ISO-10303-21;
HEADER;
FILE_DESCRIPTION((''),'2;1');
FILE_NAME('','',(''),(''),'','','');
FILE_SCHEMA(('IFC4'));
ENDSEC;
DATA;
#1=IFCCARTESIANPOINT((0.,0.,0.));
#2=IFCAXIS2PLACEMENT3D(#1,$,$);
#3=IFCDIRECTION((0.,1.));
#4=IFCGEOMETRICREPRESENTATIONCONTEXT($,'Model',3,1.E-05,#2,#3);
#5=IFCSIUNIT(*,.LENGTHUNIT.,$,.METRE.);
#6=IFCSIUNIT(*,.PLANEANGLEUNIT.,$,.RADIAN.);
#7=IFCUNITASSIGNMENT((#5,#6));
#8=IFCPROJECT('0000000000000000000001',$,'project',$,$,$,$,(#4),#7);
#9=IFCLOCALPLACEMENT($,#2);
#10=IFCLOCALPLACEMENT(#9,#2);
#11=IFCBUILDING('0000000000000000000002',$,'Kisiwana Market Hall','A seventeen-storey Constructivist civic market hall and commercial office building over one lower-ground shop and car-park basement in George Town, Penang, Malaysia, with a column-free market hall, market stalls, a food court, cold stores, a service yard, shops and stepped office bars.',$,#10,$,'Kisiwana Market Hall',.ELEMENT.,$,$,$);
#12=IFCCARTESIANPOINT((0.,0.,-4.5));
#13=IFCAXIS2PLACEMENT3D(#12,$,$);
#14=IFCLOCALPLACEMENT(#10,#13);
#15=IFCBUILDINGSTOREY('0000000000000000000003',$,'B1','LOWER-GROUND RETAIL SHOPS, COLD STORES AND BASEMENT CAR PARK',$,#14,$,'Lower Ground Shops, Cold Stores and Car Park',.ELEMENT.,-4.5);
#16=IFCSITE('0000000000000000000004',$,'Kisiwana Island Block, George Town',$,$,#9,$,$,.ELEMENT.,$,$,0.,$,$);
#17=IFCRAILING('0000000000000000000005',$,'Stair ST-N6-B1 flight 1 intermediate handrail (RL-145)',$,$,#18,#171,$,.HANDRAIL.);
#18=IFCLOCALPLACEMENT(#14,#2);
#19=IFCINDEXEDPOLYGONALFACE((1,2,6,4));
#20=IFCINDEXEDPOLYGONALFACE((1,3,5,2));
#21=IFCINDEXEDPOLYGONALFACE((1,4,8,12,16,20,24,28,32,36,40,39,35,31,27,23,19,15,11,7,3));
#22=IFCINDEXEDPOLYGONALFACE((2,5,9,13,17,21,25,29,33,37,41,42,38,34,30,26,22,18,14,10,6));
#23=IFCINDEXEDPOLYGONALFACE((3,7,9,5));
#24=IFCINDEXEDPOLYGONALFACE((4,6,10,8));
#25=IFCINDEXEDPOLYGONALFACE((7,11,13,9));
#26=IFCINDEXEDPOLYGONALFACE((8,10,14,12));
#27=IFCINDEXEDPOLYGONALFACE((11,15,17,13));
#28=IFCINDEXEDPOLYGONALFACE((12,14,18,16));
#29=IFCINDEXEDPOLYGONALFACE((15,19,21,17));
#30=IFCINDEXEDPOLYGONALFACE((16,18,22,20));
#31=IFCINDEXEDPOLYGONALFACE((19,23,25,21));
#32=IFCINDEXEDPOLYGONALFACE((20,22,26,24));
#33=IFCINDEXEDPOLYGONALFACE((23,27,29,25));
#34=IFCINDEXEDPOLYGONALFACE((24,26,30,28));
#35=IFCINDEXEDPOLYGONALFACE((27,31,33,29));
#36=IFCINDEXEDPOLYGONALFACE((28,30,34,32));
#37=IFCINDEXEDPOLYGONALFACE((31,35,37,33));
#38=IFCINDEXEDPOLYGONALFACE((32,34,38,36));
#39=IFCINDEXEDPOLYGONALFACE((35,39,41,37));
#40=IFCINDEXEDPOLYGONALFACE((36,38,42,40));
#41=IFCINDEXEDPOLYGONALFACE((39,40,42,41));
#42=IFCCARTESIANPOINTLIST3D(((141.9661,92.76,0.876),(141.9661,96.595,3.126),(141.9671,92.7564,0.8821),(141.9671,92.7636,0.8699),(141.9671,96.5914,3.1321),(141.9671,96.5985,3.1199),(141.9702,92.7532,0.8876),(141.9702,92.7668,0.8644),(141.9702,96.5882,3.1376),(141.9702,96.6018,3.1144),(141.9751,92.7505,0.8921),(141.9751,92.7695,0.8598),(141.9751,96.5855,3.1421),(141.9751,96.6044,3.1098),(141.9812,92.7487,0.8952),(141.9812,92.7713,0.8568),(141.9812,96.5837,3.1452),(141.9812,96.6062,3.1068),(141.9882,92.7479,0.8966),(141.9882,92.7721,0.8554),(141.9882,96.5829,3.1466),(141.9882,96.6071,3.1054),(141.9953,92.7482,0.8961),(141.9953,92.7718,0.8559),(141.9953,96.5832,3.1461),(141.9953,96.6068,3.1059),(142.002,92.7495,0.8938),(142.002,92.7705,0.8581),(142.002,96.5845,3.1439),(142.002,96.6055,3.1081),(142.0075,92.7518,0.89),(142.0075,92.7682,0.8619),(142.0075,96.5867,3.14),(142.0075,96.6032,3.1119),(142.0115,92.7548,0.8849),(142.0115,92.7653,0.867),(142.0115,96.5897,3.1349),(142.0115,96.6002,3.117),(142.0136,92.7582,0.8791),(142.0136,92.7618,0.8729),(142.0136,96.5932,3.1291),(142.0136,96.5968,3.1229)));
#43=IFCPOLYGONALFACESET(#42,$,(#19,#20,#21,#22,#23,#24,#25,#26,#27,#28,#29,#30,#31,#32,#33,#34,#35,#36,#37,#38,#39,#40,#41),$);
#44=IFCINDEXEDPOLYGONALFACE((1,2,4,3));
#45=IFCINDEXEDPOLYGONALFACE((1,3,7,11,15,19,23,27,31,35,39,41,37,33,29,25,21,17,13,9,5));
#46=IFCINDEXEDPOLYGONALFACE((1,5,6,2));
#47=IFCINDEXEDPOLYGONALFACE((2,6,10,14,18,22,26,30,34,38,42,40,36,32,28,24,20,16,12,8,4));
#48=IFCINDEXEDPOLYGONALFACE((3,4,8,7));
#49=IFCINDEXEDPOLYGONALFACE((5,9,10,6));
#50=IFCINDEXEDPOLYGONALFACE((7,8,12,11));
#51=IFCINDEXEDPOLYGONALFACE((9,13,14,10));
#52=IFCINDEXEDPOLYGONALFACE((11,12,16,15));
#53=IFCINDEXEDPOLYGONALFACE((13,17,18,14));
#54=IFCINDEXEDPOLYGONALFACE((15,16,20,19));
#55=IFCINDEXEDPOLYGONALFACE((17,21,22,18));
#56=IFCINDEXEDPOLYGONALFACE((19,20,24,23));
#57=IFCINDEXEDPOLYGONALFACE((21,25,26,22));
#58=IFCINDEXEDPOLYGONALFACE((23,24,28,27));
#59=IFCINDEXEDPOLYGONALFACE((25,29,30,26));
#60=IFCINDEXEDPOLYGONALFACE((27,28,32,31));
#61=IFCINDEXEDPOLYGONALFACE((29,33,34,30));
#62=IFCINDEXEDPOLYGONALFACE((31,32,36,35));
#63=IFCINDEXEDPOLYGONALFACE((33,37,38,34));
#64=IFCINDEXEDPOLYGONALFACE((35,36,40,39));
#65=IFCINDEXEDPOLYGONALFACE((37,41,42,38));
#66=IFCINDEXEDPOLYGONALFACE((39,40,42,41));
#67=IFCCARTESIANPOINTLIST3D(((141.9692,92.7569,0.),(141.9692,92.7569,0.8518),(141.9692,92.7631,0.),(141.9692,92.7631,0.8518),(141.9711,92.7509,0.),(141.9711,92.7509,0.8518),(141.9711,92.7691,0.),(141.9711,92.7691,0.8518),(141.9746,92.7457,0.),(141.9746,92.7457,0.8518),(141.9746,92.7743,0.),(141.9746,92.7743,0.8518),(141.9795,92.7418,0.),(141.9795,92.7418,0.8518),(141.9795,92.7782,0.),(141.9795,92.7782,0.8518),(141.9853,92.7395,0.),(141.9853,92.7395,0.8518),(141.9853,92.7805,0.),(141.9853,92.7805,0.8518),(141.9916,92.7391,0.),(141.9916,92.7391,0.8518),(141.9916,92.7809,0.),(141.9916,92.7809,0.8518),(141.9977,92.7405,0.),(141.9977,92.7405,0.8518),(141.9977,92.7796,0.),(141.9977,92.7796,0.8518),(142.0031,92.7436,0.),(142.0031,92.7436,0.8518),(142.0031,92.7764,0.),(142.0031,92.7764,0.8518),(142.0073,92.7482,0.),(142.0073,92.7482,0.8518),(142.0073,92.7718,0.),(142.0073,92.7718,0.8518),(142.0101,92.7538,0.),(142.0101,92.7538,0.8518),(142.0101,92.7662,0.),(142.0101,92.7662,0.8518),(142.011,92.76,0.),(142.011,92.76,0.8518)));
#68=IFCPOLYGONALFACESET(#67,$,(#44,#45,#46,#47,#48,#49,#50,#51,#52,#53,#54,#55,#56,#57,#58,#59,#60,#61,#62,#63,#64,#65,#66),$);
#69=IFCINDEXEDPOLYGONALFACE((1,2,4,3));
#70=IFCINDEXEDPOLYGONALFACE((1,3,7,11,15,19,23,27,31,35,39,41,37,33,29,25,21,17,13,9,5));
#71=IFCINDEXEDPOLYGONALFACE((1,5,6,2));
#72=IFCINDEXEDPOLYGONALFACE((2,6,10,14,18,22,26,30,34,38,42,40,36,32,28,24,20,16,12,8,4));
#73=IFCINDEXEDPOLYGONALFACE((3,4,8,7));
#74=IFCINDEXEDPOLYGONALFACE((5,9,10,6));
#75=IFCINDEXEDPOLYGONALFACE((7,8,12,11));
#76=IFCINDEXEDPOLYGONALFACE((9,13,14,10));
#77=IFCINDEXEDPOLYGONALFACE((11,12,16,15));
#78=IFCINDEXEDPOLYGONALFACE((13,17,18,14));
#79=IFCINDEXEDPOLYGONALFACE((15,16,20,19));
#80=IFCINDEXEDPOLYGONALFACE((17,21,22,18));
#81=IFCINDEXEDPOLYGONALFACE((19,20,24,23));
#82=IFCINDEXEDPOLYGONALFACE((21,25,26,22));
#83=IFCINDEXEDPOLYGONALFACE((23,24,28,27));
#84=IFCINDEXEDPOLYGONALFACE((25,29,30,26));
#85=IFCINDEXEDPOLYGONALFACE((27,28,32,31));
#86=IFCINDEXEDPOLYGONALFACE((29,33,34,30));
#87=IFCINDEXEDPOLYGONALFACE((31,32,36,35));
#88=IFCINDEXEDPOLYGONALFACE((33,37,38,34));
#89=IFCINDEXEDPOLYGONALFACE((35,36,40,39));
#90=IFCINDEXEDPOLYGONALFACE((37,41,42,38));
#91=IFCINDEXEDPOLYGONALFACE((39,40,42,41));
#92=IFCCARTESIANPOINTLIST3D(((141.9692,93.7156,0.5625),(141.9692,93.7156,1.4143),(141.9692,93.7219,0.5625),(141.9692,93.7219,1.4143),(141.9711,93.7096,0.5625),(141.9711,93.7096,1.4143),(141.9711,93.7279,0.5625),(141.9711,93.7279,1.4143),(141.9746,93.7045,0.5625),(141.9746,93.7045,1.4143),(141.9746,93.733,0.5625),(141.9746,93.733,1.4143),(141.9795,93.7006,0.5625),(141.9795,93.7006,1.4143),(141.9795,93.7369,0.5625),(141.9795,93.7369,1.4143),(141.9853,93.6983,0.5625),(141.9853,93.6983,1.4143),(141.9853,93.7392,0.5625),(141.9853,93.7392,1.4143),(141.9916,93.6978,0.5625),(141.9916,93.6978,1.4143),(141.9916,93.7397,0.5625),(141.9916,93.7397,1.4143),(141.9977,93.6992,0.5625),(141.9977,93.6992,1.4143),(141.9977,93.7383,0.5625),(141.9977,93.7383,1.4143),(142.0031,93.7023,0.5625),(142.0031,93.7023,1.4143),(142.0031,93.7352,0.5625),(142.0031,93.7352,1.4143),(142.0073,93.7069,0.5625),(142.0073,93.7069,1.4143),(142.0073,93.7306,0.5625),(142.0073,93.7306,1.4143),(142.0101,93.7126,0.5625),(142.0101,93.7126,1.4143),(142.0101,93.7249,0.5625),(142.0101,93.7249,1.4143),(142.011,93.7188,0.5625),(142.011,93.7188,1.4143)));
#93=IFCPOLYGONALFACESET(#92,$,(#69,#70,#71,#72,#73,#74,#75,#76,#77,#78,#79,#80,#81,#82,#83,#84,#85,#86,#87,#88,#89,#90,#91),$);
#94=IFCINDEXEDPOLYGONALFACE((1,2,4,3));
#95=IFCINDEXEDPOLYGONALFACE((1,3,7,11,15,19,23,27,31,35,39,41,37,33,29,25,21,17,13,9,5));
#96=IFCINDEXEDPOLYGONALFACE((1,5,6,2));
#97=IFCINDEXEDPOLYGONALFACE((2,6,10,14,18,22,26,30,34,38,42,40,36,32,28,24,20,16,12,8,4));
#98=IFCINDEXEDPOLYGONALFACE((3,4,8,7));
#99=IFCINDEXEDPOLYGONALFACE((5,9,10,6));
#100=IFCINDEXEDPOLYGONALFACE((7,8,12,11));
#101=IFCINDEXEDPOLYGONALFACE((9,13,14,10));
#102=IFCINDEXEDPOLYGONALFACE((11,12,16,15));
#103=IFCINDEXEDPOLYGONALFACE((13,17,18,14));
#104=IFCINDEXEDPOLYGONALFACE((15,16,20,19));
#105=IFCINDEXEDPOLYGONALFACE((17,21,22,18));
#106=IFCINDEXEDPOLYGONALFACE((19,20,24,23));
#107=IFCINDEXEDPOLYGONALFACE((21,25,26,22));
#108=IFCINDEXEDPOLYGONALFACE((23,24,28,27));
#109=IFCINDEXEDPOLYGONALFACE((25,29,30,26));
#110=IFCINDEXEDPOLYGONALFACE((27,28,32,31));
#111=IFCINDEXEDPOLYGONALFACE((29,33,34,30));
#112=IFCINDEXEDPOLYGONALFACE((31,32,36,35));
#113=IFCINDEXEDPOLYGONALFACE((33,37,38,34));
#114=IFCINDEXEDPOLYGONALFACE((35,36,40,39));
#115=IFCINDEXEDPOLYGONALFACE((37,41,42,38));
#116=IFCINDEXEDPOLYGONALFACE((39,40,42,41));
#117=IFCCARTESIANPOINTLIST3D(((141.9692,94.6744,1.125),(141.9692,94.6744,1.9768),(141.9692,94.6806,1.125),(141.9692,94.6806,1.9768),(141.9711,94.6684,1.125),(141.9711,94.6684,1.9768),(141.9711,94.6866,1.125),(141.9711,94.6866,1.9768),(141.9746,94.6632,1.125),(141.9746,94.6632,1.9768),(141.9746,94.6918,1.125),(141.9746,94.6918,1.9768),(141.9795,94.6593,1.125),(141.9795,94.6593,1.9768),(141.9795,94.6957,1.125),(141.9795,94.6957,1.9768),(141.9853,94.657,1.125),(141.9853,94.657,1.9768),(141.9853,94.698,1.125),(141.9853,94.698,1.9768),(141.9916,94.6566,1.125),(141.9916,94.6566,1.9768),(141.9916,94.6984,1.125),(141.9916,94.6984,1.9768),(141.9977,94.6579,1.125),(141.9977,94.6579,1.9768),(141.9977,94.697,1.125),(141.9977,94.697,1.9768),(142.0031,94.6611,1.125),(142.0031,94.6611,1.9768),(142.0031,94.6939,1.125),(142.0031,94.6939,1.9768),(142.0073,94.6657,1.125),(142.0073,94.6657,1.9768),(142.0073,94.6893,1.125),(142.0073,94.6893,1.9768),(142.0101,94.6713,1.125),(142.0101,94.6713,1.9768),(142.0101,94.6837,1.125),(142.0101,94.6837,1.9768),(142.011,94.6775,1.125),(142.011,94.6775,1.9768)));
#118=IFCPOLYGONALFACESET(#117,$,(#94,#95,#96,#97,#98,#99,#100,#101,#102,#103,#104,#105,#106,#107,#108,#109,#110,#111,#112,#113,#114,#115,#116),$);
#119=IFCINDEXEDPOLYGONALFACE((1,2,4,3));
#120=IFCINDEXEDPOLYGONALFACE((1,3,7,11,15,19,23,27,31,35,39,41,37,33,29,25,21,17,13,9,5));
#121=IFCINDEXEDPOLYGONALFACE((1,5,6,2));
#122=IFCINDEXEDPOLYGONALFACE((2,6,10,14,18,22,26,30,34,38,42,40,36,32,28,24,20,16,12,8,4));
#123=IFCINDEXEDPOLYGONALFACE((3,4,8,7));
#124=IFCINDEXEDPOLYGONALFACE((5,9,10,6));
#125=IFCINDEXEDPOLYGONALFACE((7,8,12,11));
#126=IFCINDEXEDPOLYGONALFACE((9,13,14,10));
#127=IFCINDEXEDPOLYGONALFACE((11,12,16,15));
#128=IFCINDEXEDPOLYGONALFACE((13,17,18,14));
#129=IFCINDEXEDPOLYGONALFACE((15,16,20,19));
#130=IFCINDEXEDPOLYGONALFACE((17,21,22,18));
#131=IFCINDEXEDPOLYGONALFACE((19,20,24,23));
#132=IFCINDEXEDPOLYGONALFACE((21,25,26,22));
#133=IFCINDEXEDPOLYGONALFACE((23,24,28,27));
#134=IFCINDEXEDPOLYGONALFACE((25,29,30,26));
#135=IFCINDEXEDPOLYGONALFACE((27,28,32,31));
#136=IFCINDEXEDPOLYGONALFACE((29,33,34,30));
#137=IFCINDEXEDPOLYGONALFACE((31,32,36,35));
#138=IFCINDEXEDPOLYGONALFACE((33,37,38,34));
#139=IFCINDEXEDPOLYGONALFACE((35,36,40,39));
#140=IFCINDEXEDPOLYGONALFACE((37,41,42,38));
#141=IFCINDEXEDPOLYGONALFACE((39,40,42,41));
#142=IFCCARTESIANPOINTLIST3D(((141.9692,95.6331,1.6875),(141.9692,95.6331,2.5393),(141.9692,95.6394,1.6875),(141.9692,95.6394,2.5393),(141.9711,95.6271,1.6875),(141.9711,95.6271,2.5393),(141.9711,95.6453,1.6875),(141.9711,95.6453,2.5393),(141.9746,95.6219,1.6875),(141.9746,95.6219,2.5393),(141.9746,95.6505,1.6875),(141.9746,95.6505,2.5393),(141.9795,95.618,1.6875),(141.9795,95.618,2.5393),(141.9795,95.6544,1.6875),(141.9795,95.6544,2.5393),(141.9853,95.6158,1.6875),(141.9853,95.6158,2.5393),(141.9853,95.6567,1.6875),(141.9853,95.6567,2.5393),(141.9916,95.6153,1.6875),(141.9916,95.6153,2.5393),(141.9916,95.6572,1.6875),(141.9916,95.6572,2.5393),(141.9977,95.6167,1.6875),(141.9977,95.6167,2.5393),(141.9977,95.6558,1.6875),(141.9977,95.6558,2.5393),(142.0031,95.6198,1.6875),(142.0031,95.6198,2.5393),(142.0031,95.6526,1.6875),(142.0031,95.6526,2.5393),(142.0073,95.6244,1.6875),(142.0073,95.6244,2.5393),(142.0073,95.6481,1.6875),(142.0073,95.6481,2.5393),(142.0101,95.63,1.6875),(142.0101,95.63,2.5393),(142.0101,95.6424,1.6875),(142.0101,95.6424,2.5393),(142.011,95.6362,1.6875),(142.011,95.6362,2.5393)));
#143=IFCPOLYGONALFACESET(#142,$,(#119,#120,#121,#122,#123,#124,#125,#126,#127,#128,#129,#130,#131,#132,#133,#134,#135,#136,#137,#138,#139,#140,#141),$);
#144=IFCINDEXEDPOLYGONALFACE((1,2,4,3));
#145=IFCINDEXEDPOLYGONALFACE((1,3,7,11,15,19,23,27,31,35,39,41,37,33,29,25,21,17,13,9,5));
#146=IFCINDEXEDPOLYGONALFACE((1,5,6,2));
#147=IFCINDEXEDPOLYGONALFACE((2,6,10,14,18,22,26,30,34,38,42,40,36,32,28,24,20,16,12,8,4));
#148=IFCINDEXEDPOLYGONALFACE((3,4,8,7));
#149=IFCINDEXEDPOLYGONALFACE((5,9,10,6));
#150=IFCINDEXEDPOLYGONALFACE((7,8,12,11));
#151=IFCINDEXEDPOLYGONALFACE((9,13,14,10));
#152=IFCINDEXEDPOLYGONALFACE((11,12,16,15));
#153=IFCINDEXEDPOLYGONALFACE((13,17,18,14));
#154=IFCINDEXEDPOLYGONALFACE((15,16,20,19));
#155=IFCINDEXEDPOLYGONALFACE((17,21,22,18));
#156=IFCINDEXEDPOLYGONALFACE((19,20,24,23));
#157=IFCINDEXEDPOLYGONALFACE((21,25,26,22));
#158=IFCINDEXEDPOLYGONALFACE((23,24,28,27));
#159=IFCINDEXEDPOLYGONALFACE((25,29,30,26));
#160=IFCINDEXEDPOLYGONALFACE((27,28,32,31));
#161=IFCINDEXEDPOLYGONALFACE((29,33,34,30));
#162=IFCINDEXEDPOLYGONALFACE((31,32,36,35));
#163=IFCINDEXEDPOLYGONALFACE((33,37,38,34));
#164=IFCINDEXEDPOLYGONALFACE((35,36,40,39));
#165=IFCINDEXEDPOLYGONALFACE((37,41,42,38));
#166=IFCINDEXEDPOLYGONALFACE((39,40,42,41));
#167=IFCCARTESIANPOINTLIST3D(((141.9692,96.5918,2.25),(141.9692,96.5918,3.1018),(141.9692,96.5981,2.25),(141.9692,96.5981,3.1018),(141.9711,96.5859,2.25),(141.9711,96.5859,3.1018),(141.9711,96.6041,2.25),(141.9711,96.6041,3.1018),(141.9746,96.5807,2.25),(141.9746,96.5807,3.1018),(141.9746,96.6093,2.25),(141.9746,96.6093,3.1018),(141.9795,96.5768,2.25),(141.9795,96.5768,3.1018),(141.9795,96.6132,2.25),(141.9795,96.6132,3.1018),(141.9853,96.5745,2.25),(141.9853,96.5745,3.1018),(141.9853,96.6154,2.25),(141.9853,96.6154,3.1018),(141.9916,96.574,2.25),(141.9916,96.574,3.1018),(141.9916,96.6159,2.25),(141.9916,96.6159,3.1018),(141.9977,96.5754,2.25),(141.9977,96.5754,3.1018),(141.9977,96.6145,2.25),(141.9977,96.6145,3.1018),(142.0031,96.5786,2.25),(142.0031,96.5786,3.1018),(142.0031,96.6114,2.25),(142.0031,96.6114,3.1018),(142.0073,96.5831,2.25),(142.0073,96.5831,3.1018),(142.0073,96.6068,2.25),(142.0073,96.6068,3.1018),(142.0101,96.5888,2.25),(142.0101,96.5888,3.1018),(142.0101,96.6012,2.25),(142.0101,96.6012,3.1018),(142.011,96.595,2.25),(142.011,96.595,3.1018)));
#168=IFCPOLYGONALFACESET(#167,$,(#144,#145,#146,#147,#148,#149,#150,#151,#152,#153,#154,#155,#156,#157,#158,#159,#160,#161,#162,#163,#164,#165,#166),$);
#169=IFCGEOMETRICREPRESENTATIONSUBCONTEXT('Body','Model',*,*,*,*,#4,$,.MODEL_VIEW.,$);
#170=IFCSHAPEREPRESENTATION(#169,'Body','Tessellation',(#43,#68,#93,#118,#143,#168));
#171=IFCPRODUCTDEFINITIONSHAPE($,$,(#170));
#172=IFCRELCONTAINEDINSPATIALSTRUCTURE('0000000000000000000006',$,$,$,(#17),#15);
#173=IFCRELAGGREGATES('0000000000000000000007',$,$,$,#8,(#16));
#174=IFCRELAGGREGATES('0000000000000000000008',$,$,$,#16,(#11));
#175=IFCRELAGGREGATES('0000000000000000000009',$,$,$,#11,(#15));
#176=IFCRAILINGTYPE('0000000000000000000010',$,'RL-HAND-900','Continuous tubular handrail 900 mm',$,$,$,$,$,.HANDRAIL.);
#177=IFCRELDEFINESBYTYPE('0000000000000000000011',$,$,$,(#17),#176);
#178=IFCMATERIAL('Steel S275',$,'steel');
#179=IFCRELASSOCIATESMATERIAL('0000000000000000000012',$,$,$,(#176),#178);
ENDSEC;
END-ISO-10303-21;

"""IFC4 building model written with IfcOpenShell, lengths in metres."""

from ifc_helpers import new_model, si_unit, direction, frame, origin, origin_2d, place, context, subcontext, project, spatial, circle, extrude, material, type_object, element, save


model = new_model("IFC4")

# Units and contexts
model_context = context("Model", 3, precision=1e-05, world=origin(), true_north=direction((0.0, 1.0)))
body_context = subcontext(model_context, "Body", "Model", "MODEL_VIEW")
ifc_project = project(units=[si_unit("LENGTHUNIT", "METRE"), si_unit("PLANEANGLEUNIT", "RADIAN")], contexts=[model_context])

# Site, building, storey
site_placement = place(None, origin())
site = spatial("IfcSite", under=ifc_project, at=site_placement, Name="Kisiwana Island Block, George Town", CompositionType="ELEMENT", RefElevation=0.0)
building_placement = place(site_placement, origin())
building = spatial("IfcBuilding", under=site, at=building_placement, Name="Kisiwana Market Hall", Description="A seventeen-storey Constructivist civic market hall and commercial office building over one lower-ground shop and car-park basement in George Town, Penang, Malaysia, with a column-free market hall, market stalls, a food court, cold stores, a service yard, shops and stepped office bars.", LongName="Kisiwana Market Hall", CompositionType="ELEMENT")
storey_placement = place(building_placement, frame((0.0, 0.0, -4.5)))
storey = spatial("IfcBuildingStorey", under=building, at=storey_placement, Name="B1", Description="LOWER-GROUND RETAIL SHOPS, COLD STORES AND BASEMENT CAR PARK", LongName="Lower Ground Shops, Cold Stores and Car Park", CompositionType="ELEMENT", Elevation=-4.5)

# Railing
ifc_material_1 = material(Name="Steel S275", Category="steel")
railing_type_1 = type_object("IfcRailingType", Name="RL-HAND-900", Description="Continuous tubular handrail 900 mm", PredefinedType="HANDRAIL", material=ifc_material_1)
railing_1_placement = place(storey_placement, frame((141.99, 92.76, 0.0)))
element("IfcRailing", 1, at=railing_1_placement, inside=storey, type_object=railing_type_1, Name="Stair ST-N6-B1 flight 1 intermediate handrail (RL-145)", PredefinedType="HANDRAIL", context=body_context, shape_type="SweptSolid", body=[
    extrude(circle(Radius=0.0239, at=origin_2d()), frame((0.0, 0.0, 0.876), z_axis=(0.0, 0.86251, 0.506041), x_axis=(-1.0, 0.0, 0.0)), (0.0, 0.0, 1.0), 4.4463),
    extrude(circle(Radius=0.021, at=origin_2d()), origin(), (0.0, 0.0, 1.0), 0.8518),
    extrude(circle(Radius=0.021, at=origin_2d()), frame((0.0, 0.9587, 0.5625)), (0.0, 0.0, 1.0), 0.8518),
    extrude(circle(Radius=0.021, at=origin_2d()), frame((0.0, 1.9175, 1.125)), (0.0, 0.0, 1.0), 0.8518),
    extrude(circle(Radius=0.021, at=origin_2d()), frame((0.0, 2.8762, 1.6875)), (0.0, 0.0, 1.0), 0.8518),
    extrude(circle(Radius=0.021, at=origin_2d()), frame((0.0, 3.835, 2.25)), (0.0, 0.0, 1.0), 0.8518),
])

save(model, "model.ifc")
